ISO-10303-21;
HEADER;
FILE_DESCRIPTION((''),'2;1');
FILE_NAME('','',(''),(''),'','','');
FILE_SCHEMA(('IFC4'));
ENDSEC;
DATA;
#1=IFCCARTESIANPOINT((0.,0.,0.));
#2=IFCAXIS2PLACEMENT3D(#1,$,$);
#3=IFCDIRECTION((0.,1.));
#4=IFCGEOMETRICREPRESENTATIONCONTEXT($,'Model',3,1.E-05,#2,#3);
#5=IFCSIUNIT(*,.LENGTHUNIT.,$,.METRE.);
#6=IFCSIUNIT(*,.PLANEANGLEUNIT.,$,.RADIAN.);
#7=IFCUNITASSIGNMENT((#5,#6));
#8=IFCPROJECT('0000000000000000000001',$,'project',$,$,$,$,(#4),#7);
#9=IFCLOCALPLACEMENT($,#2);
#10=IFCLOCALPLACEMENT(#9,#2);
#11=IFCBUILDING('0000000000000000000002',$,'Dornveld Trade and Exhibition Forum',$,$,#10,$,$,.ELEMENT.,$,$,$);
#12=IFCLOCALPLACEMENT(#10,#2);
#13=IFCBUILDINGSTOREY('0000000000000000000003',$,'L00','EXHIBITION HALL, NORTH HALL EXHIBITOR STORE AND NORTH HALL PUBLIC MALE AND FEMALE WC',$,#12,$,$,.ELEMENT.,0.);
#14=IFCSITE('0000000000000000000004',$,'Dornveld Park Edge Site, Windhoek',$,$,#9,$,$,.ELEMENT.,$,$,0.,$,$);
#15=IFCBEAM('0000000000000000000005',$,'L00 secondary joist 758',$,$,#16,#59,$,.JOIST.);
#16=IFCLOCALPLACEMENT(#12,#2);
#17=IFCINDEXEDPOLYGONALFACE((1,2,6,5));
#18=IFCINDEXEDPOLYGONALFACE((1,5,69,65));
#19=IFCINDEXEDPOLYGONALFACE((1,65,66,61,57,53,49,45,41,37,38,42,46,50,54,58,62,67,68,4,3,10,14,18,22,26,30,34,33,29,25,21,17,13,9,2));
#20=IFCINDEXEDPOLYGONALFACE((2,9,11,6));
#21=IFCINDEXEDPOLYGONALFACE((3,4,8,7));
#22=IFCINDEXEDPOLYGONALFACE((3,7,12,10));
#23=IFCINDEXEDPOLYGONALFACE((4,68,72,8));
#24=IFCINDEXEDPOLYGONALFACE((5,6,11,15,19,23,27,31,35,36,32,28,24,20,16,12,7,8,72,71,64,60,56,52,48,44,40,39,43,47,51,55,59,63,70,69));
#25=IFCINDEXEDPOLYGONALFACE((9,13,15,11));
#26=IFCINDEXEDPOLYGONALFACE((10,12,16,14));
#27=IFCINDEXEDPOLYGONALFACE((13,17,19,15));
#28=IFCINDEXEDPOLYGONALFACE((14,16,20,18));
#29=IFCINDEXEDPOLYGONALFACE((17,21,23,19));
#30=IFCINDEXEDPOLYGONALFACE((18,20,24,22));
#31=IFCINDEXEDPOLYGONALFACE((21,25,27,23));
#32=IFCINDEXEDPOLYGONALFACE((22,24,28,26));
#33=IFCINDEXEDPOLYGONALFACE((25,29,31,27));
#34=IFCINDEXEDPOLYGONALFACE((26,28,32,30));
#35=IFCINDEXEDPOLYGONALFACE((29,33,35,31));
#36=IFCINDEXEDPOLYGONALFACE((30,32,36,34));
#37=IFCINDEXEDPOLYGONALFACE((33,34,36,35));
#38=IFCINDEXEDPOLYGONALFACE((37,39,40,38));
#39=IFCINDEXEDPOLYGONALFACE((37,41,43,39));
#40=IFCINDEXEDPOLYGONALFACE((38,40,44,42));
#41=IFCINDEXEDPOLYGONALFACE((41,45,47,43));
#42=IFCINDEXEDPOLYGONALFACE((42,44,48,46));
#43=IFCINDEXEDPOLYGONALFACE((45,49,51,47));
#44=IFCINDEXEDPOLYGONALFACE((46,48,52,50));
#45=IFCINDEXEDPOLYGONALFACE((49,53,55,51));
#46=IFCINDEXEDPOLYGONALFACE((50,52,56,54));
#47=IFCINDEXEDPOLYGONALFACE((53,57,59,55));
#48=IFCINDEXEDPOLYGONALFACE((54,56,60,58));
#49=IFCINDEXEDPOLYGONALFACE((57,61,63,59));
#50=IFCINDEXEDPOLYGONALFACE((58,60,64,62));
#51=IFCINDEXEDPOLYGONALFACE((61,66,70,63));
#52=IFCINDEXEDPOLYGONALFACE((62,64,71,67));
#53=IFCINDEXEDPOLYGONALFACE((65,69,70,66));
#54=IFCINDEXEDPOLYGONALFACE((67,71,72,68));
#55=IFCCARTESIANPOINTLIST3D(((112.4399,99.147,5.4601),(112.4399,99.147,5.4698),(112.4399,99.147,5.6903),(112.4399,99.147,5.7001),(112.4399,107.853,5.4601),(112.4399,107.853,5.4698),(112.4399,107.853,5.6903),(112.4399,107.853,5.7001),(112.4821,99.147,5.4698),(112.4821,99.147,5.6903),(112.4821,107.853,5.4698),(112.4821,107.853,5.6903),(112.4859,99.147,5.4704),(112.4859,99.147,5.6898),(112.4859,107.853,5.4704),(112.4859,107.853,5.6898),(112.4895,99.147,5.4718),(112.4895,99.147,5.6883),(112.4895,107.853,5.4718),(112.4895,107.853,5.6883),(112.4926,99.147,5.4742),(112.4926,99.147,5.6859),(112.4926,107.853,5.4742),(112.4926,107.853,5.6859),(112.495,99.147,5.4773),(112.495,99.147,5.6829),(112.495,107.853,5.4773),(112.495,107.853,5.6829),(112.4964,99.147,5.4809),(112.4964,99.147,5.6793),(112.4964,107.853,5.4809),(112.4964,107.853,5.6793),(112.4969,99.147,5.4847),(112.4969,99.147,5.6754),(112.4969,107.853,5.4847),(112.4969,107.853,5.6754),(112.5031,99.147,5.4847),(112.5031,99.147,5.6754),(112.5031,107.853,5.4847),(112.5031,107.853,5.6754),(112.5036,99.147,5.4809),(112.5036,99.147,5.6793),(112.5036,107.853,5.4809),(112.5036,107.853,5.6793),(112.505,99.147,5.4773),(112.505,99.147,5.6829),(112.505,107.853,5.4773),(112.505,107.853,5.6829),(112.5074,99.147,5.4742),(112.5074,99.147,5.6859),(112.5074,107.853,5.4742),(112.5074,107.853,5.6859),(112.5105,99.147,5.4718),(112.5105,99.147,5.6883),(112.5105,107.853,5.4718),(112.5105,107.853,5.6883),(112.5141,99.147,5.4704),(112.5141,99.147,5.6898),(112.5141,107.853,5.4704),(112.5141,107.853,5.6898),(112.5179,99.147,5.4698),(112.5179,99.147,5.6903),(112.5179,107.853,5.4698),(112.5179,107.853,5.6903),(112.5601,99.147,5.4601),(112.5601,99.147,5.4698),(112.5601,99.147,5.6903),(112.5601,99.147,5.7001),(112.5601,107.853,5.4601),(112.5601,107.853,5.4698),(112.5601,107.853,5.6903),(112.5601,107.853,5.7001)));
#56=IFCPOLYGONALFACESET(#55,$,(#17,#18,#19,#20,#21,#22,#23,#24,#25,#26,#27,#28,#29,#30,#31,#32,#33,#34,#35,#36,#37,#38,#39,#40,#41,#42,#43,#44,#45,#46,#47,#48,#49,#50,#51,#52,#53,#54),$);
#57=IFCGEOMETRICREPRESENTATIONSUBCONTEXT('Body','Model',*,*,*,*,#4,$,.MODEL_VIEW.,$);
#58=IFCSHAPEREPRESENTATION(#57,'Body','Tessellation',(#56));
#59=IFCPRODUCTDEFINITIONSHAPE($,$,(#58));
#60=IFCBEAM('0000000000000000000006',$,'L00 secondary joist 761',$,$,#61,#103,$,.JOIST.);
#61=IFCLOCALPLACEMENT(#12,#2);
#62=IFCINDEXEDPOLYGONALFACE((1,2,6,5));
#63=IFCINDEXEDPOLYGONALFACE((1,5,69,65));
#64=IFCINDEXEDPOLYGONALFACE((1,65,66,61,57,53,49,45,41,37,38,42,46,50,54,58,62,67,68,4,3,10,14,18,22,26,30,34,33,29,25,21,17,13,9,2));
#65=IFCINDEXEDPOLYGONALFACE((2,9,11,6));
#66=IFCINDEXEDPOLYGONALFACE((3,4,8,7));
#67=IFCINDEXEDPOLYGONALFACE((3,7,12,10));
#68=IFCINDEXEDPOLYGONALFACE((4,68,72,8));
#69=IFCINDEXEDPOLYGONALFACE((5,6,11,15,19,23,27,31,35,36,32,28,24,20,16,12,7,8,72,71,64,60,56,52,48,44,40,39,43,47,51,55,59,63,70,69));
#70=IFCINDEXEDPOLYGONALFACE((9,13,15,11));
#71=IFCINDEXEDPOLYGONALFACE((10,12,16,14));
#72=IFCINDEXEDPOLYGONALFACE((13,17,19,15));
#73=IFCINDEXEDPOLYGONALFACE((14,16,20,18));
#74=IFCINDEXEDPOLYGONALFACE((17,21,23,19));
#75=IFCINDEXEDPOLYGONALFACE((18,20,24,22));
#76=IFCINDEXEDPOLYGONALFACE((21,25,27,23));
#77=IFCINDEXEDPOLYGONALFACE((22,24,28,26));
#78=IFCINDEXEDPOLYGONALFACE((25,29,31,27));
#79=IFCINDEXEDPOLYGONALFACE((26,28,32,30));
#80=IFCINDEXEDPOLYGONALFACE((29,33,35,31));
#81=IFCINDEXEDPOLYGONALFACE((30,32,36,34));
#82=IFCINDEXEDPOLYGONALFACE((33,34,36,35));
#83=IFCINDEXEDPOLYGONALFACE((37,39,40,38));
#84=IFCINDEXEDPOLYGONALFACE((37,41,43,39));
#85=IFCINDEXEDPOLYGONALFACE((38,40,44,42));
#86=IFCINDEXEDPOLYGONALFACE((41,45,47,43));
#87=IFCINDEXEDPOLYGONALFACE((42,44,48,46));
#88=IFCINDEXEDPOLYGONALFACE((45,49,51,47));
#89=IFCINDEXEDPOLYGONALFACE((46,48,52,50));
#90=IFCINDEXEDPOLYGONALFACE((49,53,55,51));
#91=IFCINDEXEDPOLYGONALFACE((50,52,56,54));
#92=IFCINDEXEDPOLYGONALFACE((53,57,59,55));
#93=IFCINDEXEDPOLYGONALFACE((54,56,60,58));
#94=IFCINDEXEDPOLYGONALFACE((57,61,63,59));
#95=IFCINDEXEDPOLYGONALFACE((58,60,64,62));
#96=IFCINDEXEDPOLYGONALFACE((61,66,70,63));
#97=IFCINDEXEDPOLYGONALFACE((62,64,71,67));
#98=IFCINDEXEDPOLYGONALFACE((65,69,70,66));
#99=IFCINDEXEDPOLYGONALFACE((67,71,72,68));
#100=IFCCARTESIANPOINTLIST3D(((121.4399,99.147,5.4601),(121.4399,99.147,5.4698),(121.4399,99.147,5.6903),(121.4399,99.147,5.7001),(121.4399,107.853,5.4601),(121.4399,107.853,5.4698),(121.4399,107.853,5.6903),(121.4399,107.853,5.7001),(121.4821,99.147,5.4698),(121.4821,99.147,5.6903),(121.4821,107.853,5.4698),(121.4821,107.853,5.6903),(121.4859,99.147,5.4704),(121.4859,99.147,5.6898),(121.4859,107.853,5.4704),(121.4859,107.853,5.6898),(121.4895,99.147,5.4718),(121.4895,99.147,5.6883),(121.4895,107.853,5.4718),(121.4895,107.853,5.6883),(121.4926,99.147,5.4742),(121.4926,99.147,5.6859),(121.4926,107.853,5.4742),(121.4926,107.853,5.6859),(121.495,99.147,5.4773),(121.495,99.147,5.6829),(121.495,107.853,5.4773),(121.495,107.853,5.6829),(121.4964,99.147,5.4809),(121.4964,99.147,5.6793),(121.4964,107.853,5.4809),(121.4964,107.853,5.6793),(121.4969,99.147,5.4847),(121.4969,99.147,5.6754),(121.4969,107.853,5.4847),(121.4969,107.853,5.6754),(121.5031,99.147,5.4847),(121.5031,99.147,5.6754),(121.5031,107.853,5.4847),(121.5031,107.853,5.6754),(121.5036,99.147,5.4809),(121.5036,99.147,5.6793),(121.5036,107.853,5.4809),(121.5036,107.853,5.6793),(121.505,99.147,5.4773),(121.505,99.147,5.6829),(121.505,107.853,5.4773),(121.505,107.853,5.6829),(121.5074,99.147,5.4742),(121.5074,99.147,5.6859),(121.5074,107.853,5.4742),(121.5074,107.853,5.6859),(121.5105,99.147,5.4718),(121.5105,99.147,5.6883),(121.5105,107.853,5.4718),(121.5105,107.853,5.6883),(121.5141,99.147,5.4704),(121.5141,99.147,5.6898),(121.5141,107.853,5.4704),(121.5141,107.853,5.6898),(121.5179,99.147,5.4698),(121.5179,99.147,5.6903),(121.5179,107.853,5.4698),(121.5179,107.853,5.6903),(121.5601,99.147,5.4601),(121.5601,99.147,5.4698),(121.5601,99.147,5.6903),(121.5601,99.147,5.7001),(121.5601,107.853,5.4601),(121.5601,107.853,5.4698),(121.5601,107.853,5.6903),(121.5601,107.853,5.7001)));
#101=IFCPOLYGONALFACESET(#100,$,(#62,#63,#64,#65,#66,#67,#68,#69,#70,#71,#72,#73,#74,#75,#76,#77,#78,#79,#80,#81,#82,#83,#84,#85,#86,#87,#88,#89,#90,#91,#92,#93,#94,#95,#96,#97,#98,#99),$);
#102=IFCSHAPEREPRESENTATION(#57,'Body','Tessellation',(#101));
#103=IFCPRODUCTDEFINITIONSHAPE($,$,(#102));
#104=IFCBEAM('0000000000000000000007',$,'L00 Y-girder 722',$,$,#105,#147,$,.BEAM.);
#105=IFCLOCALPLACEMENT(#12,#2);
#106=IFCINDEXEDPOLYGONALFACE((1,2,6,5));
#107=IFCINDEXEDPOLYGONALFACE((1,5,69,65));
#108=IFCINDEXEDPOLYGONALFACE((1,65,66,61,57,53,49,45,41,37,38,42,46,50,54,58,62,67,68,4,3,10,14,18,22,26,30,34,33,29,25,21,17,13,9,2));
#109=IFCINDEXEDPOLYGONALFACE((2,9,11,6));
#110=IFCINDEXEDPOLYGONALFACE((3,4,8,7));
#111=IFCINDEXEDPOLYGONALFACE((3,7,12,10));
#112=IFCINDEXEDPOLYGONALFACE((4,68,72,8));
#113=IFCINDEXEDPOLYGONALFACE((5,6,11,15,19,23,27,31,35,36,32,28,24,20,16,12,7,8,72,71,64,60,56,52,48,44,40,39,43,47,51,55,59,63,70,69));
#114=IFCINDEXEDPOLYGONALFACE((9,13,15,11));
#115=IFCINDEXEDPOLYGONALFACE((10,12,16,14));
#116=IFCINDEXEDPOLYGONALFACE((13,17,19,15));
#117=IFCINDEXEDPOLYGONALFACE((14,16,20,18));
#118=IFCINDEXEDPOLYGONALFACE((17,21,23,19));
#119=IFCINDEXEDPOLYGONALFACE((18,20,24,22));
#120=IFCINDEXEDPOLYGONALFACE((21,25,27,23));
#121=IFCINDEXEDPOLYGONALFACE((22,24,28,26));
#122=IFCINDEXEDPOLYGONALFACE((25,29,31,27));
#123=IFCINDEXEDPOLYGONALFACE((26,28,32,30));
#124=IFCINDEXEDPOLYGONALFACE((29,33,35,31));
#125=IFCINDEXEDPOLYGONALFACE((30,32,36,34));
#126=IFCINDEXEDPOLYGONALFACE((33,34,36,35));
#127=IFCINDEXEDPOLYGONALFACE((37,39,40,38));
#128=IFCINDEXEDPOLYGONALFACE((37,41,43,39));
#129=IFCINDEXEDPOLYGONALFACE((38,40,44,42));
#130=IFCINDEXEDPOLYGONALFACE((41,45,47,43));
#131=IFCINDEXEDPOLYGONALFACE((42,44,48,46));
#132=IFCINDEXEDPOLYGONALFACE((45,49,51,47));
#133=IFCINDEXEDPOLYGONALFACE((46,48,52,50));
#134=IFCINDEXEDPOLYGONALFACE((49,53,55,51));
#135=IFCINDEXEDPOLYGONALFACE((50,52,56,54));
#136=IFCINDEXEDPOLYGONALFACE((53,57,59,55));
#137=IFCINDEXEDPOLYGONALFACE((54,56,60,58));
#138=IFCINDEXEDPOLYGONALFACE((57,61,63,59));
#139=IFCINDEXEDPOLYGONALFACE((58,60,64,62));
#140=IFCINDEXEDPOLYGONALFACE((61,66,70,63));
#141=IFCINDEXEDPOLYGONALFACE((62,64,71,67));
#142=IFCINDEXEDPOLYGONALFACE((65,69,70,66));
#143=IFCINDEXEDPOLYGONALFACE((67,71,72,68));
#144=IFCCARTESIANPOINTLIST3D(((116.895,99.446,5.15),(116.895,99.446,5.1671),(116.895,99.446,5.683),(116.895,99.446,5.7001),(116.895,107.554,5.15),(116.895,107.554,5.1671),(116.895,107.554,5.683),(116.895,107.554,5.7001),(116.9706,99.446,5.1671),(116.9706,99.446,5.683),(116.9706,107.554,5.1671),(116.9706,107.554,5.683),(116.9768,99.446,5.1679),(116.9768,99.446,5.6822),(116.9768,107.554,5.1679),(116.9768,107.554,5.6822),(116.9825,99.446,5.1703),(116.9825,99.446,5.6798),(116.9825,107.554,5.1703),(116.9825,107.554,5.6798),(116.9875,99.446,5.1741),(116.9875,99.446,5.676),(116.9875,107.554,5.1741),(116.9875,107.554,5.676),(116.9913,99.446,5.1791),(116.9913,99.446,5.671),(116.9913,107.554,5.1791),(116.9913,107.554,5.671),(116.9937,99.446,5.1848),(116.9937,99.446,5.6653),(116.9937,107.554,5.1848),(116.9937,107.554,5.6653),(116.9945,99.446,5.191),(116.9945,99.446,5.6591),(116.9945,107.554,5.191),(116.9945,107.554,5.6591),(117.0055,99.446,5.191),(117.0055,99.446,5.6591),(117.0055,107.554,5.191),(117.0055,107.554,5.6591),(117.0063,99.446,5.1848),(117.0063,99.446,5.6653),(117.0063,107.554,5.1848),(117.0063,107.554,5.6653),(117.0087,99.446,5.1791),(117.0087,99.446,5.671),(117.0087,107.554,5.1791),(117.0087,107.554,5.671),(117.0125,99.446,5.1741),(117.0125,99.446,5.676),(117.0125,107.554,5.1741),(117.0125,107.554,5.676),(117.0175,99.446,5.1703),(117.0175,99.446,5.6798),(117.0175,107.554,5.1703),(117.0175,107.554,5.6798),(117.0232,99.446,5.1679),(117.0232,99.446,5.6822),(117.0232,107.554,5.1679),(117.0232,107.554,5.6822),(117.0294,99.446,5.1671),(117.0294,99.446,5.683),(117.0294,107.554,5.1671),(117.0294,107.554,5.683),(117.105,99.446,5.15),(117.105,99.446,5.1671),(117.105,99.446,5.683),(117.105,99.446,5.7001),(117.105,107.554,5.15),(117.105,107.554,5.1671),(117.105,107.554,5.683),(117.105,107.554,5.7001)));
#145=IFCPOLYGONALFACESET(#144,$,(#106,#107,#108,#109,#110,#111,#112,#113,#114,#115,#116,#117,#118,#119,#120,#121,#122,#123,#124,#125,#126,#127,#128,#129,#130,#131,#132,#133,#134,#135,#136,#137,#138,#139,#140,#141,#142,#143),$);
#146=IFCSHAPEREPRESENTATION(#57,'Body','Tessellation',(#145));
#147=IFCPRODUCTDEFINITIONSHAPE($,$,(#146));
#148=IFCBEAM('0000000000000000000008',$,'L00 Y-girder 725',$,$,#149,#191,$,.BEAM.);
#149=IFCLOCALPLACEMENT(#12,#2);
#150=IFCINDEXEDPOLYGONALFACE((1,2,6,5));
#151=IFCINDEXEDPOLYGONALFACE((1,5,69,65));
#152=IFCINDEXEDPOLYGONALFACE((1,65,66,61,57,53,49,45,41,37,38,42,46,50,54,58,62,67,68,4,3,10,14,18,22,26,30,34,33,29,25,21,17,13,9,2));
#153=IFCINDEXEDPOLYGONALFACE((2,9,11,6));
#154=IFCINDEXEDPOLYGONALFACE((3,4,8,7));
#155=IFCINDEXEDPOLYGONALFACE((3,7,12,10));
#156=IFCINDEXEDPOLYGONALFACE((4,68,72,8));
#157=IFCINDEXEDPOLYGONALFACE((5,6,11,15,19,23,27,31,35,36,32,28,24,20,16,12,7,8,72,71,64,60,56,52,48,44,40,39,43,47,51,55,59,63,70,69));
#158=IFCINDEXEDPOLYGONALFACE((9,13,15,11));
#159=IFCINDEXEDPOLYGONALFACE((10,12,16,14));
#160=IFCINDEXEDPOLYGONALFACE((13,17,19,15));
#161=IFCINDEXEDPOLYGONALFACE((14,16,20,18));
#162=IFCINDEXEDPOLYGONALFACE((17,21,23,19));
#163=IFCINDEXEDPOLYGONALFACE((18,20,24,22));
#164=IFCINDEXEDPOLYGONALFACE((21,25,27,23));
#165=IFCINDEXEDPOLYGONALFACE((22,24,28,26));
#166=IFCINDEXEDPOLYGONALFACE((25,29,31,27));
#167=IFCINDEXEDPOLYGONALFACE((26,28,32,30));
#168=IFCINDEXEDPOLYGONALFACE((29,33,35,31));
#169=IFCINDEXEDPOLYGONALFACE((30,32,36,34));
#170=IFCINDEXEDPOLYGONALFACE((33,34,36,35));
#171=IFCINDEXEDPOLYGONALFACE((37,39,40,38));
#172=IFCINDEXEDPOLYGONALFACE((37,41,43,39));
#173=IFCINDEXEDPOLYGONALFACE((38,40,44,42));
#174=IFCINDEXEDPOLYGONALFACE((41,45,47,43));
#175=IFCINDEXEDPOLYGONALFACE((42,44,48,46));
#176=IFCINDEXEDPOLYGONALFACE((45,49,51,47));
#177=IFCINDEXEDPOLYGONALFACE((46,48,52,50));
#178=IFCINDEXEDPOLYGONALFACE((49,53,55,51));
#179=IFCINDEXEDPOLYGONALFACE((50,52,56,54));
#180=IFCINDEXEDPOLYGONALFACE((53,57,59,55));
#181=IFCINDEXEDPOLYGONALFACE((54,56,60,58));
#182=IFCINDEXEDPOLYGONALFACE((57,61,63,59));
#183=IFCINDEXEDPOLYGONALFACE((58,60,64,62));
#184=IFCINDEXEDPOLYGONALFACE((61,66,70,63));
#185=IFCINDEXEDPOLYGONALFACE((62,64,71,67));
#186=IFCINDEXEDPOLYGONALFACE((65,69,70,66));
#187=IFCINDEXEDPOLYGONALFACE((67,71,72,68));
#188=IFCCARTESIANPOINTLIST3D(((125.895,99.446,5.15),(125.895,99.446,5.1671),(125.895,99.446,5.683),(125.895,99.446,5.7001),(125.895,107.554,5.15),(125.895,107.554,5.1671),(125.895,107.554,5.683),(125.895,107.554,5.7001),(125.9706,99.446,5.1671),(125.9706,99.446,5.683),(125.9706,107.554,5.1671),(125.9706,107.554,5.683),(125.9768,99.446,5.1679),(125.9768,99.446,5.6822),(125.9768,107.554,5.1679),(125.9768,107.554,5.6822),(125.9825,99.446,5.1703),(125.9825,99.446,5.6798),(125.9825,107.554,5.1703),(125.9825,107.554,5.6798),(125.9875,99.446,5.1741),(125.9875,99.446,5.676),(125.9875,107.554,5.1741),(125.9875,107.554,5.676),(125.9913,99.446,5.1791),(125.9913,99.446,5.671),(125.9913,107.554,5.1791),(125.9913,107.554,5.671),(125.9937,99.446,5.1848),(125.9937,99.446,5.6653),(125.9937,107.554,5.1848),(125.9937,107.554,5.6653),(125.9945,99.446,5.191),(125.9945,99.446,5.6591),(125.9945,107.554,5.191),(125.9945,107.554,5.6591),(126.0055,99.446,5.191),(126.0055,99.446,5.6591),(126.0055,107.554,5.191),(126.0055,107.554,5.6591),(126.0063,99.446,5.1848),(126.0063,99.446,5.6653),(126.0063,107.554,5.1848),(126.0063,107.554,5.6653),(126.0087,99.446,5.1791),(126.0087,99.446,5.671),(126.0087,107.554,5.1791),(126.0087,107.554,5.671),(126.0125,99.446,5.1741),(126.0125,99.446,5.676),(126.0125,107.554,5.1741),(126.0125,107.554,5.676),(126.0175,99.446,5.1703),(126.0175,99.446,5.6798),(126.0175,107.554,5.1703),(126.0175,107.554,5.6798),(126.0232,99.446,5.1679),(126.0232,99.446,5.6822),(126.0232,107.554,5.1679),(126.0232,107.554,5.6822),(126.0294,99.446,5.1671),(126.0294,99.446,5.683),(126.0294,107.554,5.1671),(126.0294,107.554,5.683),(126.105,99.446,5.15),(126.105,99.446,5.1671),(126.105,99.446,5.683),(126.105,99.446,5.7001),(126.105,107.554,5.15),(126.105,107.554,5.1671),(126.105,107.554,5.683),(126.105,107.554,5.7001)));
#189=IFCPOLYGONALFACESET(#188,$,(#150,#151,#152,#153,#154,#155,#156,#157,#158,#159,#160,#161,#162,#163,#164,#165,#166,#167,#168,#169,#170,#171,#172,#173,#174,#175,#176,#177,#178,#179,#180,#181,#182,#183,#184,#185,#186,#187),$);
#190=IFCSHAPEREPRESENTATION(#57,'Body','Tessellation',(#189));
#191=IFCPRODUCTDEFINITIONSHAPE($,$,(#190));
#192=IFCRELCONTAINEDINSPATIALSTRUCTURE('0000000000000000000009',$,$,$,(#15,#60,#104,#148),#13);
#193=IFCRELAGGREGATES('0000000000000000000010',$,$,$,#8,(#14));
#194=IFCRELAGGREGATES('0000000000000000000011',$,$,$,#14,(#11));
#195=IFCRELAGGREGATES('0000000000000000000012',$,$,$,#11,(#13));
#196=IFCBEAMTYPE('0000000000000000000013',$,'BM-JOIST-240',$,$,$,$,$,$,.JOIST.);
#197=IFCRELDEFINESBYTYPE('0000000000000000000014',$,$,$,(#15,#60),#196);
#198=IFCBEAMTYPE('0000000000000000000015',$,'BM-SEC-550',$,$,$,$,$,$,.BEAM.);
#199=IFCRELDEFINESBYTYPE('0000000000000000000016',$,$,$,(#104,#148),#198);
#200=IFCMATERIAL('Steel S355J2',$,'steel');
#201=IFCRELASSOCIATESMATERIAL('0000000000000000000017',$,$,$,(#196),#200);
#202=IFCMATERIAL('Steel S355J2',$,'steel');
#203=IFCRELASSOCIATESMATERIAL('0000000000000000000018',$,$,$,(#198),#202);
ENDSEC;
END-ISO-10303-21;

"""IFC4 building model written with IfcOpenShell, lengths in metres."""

from ifc_helpers import new_model, si_unit, direction, frame, origin, origin_2d, place, context, subcontext, project, spatial, i_section, extrude, material, material_profile, profile_set, type_object, element, save


model = new_model("IFC4")

# Units and contexts
model_context = context("Model", 3, precision=1e-05, world=origin(), true_north=direction((0.0, 1.0)))
body_context = subcontext(model_context, "Body", "Model", "MODEL_VIEW")
ifc_project = project(units=[si_unit("LENGTHUNIT", "METRE"), si_unit("PLANEANGLEUNIT", "RADIAN")], contexts=[model_context])

# Site, building, storey
site_placement = place(None, origin())
site = spatial("IfcSite", under=ifc_project, at=site_placement, Name="Dornveld Park Edge Site, Windhoek", CompositionType="ELEMENT", RefElevation=0.0)
building_placement = place(site_placement, origin())
building = spatial("IfcBuilding", under=site, at=building_placement, Name="Dornveld Trade and Exhibition Forum", CompositionType="ELEMENT")
storey_placement = place(building_placement, origin())
storey = spatial("IfcBuildingStorey", under=building, at=storey_placement, Name="L00", Description="EXHIBITION HALL, NORTH HALL EXHIBITOR STORE AND NORTH HALL PUBLIC MALE AND FEMALE WC", CompositionType="ELEMENT", Elevation=0.0)

# Beams
ifc_material_1 = material(Name="Steel S355J2", Category="steel")
ifc_material_profile_1 = material_profile(ifc_material_1, i_section(OverallWidth=0.1201, OverallDepth=0.24, WebThickness=0.0061, FlangeThickness=0.0098, FilletRadius=0.0149, at=origin_2d()), Name="IPE 240")
ifc_profile_set_1 = profile_set([ifc_material_profile_1], Name="Steel S355J2")
beam_type_1 = type_object("IfcBeamType", Name="BM-JOIST-240", PredefinedType="JOIST", material=ifc_profile_set_1)
for number, where, z_axis, x_axis, name in (
    (1, (112.5, 99.147, 5.5801), (0.0, 1.0, 0.0), (-1.0, 0.0, 0.0), "L00 secondary joist 758"),
    (2, (121.5, 99.147, 5.5801), (0.0, 1.0, 0.0), (-1.0, 0.0, 0.0), "L00 secondary joist 761"),
):
    element("IfcBeam", number, at=place(storey_placement, frame(where, z_axis=z_axis, x_axis=x_axis)), inside=storey, type_object=beam_type_1, Name=name, PredefinedType="JOIST", context=body_context, shape_type="SweptSolid", body=[
        extrude(i_section(OverallWidth=0.1201, OverallDepth=0.24, WebThickness=0.0061, FlangeThickness=0.0098, FilletRadius=0.0149, at=origin_2d()), origin(), (0.0, 0.0, 1.0), 8.7061),
    ])
ifc_material_2 = material(Name="Steel S355J2", Category="steel")
ifc_material_profile_2 = material_profile(ifc_material_2, i_section(OverallWidth=0.21, OverallDepth=0.55, WebThickness=0.011, FlangeThickness=0.0171, FilletRadius=0.0239, at=origin_2d()), Name="IPE 550")
ifc_profile_set_2 = profile_set([ifc_material_profile_2], Name="Steel S355J2")
beam_type_2 = type_object("IfcBeamType", Name="BM-SEC-550", PredefinedType="BEAM", material=ifc_profile_set_2)
for number, where, z_axis, x_axis, name in (
    (3, (117.0, 99.446, 5.425), (0.0, 1.0, 0.0), (-1.0, 0.0, 0.0), "L00 Y-girder 722"),
    (4, (126.0, 99.446, 5.425), (0.0, 1.0, 0.0), (-1.0, 0.0, 0.0), "L00 Y-girder 725"),
):
    element("IfcBeam", number, at=place(storey_placement, frame(where, z_axis=z_axis, x_axis=x_axis)), inside=storey, type_object=beam_type_2, Name=name, PredefinedType="BEAM", context=body_context, shape_type="SweptSolid", body=[
        extrude(i_section(OverallWidth=0.21, OverallDepth=0.55, WebThickness=0.011, FlangeThickness=0.0171, FilletRadius=0.0239, at=origin_2d()), origin(), (0.0, 0.0, 1.0), 8.1079),
    ])

save(model, "model.ifc")
